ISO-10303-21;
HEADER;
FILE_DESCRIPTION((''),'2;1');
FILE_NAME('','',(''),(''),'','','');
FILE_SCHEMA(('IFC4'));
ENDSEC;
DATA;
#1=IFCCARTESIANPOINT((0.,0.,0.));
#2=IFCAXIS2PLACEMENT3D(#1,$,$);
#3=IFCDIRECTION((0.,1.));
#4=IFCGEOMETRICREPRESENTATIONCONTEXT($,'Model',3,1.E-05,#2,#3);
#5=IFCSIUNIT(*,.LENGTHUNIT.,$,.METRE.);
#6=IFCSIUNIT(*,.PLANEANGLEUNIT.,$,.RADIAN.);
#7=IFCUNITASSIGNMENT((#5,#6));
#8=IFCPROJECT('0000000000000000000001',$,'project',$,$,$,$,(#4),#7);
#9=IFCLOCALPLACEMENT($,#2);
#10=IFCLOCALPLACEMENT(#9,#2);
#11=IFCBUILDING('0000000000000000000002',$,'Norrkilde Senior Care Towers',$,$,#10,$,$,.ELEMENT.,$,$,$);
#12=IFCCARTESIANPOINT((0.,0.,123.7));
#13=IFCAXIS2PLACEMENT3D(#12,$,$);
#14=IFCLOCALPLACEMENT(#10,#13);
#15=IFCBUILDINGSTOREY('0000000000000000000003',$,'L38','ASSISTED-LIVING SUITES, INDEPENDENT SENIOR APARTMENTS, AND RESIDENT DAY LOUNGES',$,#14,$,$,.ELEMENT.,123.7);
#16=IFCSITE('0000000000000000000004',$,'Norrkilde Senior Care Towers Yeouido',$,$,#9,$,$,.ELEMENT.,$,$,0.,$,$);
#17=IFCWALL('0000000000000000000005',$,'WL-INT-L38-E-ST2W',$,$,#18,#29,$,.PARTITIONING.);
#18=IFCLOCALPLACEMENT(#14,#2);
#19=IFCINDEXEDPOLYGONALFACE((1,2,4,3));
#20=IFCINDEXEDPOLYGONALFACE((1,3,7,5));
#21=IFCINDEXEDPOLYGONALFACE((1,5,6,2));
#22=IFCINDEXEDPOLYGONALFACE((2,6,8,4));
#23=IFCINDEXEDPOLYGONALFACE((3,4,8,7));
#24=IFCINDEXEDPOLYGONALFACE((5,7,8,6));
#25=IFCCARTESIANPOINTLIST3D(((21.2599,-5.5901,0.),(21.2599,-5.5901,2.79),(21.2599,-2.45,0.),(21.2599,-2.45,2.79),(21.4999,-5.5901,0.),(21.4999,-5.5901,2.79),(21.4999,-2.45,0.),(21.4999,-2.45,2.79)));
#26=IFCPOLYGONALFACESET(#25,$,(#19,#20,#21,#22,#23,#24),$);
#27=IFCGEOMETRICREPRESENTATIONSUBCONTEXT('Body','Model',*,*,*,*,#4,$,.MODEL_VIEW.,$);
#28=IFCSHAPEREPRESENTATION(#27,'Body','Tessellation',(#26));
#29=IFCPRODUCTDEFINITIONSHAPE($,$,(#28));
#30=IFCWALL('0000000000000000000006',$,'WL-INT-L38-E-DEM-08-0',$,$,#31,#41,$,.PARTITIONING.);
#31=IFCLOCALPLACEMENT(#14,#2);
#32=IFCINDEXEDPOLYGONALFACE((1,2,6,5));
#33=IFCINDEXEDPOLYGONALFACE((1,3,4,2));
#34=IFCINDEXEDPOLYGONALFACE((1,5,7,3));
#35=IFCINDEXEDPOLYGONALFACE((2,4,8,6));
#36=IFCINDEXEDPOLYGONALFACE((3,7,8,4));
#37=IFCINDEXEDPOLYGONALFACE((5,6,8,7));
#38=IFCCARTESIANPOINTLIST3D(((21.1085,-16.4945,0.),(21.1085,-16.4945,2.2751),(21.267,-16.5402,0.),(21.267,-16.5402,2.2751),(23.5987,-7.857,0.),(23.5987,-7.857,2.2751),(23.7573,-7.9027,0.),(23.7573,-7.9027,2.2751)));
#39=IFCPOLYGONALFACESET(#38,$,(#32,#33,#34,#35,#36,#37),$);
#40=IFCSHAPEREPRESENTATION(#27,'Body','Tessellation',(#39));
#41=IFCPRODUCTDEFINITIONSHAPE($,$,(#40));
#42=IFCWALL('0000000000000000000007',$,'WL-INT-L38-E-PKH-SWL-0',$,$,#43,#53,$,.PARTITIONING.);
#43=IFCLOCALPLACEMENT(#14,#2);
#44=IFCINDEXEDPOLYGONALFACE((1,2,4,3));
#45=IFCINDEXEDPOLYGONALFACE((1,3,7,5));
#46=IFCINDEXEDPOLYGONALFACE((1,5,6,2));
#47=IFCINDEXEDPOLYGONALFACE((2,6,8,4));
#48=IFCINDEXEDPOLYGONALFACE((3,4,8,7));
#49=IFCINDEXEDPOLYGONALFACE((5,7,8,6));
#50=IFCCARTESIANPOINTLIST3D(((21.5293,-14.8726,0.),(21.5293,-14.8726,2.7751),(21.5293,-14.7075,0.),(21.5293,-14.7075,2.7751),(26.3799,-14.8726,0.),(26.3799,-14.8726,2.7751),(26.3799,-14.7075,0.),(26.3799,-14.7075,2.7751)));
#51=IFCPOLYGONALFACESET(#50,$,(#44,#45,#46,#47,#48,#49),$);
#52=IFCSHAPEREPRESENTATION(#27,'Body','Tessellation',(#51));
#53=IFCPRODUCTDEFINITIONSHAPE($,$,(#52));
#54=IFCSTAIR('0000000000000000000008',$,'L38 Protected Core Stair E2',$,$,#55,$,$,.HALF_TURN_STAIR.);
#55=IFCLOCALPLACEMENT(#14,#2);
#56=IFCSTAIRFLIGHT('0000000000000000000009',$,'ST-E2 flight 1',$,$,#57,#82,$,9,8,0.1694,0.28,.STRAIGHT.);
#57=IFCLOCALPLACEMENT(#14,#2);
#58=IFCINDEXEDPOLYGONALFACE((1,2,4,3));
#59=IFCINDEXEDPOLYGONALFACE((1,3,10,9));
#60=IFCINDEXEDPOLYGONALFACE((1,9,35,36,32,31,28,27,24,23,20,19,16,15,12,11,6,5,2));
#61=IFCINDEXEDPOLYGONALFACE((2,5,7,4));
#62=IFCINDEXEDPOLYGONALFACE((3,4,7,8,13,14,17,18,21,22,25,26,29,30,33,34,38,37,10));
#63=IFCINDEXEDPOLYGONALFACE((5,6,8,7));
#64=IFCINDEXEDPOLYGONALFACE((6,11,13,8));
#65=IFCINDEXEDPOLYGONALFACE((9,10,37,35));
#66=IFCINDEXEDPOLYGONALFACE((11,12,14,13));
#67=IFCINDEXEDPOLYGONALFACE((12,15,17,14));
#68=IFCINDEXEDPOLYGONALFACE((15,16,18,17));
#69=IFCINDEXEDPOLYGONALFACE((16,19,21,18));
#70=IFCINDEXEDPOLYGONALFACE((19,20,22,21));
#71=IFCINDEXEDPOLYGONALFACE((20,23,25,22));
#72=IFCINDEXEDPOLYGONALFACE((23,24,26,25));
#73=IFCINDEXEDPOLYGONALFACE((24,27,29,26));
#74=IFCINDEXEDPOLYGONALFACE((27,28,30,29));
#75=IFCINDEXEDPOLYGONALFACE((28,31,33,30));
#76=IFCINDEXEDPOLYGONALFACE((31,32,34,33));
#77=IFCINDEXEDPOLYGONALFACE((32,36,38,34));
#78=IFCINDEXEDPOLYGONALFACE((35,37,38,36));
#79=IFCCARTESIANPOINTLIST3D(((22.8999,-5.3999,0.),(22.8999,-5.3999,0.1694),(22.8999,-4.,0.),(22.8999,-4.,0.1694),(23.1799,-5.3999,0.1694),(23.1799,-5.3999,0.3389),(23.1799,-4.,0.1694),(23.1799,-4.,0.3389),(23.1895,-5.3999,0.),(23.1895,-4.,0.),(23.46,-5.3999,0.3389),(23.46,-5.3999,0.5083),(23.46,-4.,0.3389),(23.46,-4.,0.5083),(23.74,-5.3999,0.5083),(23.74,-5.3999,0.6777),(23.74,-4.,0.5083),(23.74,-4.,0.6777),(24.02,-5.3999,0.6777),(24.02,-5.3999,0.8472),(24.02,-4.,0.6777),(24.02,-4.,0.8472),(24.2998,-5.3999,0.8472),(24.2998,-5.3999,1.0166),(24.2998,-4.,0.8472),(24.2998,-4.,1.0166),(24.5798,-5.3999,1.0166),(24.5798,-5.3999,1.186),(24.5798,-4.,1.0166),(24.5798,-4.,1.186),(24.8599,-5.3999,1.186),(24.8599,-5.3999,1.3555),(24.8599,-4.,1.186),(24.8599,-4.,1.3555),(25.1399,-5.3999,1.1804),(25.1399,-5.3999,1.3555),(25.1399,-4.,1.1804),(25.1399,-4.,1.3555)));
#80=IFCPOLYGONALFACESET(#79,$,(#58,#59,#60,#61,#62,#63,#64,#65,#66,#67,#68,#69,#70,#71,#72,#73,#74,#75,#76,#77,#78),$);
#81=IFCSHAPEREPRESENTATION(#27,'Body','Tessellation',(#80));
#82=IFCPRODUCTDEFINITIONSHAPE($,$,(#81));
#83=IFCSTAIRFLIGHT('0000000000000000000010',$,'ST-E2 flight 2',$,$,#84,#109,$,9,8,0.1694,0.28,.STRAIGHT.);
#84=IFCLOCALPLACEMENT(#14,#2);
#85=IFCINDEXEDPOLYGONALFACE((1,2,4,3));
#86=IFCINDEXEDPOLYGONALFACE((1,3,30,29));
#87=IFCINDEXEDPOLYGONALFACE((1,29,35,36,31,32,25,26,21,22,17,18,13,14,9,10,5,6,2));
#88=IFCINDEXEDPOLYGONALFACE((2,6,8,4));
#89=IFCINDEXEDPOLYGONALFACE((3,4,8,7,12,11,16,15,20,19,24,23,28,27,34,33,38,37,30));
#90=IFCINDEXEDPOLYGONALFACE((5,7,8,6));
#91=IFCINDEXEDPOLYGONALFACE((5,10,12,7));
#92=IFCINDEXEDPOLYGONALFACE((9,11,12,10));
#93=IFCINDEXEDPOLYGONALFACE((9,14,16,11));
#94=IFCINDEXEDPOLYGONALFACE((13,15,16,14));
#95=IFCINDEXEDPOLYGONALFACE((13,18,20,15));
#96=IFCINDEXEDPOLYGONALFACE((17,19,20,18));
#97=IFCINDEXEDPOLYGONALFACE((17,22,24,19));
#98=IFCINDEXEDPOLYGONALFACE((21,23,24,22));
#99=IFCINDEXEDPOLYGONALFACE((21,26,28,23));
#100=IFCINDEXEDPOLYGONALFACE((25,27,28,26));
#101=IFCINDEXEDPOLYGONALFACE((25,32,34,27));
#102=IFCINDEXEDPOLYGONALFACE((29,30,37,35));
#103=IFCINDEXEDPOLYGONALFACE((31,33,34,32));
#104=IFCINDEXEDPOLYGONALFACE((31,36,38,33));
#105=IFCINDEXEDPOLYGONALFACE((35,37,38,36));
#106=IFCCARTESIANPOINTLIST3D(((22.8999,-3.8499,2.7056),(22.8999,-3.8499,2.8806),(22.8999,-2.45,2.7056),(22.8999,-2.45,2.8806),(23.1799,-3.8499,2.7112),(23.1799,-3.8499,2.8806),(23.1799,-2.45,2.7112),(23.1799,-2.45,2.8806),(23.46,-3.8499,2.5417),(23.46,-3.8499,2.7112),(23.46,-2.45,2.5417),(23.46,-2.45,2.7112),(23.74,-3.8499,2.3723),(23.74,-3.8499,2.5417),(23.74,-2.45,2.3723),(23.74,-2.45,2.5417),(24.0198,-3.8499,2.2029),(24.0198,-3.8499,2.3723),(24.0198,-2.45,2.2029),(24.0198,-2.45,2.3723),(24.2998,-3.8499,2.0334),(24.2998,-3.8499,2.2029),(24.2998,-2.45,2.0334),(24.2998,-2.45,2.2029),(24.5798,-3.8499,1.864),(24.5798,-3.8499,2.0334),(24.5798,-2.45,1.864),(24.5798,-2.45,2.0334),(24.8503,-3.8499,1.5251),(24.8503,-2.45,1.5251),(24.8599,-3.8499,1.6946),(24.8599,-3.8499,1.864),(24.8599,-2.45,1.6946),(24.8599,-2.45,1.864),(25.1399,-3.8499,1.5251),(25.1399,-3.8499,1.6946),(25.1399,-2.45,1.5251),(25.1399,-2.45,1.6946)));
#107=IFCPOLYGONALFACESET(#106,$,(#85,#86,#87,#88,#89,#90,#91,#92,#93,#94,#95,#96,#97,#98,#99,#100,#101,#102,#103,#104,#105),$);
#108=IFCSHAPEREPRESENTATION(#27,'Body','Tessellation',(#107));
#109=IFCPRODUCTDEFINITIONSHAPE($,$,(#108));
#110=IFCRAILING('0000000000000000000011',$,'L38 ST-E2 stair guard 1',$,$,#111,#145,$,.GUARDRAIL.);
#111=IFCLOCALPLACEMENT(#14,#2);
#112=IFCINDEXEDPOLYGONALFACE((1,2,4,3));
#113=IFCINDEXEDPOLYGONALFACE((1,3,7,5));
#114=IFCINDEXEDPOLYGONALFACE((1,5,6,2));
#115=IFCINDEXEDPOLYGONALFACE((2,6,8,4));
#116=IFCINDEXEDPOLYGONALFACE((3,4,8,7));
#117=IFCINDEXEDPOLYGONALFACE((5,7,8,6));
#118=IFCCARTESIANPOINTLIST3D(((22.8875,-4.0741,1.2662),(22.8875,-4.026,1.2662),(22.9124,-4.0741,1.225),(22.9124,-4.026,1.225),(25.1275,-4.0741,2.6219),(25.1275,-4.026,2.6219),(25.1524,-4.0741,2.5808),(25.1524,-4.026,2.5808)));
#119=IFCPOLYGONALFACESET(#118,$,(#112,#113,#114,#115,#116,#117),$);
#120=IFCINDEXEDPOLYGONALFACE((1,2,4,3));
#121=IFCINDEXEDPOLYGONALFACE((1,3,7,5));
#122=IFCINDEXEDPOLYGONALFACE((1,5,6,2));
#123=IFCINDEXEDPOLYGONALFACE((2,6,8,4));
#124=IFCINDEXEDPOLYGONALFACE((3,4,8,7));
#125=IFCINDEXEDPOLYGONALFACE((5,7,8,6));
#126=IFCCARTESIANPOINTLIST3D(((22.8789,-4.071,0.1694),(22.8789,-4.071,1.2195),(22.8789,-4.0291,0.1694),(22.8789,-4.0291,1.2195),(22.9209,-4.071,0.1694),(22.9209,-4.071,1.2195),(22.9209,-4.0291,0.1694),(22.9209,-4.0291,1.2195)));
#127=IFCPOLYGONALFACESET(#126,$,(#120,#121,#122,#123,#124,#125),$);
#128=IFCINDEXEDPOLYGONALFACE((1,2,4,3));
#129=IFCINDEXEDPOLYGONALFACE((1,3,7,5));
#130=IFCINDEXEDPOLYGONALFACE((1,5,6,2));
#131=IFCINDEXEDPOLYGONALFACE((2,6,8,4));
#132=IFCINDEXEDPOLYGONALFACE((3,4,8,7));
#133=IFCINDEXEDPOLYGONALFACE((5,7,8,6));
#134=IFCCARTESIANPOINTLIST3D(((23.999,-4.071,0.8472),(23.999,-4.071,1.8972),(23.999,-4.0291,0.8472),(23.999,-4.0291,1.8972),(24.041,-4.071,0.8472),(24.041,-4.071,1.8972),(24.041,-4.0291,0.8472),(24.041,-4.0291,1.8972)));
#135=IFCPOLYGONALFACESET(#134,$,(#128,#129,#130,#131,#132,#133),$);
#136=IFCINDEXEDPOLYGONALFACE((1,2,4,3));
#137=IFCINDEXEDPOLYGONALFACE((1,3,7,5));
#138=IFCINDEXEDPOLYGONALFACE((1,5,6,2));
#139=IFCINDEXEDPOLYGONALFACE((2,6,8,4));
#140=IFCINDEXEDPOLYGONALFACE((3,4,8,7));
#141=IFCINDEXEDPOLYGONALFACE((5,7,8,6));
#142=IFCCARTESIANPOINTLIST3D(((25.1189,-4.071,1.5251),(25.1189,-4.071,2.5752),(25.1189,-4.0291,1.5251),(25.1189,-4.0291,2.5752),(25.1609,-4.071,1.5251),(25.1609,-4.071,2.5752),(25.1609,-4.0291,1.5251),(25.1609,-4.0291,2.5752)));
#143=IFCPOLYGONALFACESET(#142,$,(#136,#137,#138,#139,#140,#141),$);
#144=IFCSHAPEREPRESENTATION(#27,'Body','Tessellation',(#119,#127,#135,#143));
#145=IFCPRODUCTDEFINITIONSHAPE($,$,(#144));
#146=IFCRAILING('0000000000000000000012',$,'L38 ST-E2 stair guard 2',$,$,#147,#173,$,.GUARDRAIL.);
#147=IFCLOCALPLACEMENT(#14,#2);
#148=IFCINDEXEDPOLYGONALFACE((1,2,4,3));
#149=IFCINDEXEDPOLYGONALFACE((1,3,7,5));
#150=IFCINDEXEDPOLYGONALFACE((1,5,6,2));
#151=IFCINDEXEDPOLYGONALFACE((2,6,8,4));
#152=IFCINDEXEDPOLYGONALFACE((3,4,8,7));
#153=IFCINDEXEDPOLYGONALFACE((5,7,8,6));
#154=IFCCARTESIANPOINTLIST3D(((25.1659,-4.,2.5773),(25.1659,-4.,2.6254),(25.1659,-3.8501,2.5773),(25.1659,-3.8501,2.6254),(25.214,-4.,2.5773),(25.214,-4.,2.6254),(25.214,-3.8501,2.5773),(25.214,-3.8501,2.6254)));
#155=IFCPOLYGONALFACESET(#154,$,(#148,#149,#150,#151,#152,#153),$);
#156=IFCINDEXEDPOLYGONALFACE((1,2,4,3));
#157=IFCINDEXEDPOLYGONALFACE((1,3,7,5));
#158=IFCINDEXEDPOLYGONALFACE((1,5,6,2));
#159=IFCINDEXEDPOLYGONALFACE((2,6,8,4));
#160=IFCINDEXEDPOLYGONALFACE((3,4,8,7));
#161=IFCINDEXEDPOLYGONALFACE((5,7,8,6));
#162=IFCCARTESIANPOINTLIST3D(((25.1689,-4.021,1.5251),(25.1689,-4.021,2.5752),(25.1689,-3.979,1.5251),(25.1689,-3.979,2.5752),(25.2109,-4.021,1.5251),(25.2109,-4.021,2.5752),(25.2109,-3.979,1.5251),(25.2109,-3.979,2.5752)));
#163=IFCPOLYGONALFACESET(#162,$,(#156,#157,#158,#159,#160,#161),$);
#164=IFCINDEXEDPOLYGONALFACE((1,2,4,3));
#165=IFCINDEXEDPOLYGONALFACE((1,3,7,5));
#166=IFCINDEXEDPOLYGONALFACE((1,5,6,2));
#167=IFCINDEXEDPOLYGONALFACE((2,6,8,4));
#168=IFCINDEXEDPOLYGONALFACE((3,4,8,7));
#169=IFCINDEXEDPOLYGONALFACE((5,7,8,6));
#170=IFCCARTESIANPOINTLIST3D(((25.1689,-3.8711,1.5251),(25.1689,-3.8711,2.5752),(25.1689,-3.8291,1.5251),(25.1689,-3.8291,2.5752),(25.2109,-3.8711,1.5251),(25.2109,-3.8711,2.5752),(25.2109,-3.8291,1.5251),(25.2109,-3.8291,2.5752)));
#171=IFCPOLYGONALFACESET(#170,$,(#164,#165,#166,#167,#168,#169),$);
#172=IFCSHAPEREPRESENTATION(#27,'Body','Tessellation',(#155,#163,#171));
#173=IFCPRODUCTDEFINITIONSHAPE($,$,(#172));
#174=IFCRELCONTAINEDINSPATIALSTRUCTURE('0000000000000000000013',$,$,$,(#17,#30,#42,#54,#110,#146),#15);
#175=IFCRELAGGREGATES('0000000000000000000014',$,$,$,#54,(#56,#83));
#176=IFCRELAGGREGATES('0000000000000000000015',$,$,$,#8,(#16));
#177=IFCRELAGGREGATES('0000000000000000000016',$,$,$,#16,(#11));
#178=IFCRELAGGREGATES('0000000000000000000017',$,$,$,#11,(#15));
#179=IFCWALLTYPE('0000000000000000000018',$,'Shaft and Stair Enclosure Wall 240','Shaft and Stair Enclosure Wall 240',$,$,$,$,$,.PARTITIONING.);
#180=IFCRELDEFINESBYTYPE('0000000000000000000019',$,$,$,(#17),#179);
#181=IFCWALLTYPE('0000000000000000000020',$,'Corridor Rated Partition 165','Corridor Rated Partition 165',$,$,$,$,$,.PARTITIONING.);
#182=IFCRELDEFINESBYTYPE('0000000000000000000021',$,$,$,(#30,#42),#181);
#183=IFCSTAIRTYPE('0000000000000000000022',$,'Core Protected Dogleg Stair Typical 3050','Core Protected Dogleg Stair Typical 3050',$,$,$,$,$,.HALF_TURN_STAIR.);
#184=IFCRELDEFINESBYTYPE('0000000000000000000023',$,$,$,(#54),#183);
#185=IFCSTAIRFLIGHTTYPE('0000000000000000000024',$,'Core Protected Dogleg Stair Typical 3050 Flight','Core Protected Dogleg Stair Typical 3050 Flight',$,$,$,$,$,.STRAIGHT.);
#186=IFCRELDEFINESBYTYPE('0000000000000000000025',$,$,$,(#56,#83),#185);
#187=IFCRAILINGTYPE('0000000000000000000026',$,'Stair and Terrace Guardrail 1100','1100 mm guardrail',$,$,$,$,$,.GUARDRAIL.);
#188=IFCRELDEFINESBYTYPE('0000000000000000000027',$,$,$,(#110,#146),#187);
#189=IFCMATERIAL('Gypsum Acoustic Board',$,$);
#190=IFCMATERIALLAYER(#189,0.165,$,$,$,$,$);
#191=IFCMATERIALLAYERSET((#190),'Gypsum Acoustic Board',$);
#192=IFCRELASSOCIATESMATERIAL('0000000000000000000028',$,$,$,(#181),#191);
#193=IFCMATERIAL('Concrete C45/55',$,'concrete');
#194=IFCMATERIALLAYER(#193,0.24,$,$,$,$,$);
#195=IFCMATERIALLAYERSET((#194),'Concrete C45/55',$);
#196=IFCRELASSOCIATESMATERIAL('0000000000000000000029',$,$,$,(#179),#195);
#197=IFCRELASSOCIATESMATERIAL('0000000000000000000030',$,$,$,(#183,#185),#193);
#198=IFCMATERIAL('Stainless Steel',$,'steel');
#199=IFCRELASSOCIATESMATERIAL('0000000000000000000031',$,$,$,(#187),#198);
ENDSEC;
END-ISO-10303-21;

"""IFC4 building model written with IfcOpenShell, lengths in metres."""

from ifc_helpers import new_model, si_unit, direction, frame, frame_2d, origin, origin_2d, place, context, subcontext, project, spatial, polyline, rectangle, outline, extrude, source, transform, mapped, material, layer, layer_set, type_object, element, aggregate, save


model = new_model("IFC4")

# Units and contexts
model_context = context("Model", 3, precision=1e-05, world=origin(), true_north=direction((0.0, 1.0)))
body_context = subcontext(model_context, "Body", "Model", "MODEL_VIEW")
ifc_project = project(units=[si_unit("LENGTHUNIT", "METRE"), si_unit("PLANEANGLEUNIT", "RADIAN")], contexts=[model_context])

# Site, building, storey
site_placement = place(None, origin())
site = spatial("IfcSite", under=ifc_project, at=site_placement, Name="Norrkilde Senior Care Towers Yeouido", CompositionType="ELEMENT", RefElevation=0.0)
building_placement = place(site_placement, origin())
building = spatial("IfcBuilding", under=site, at=building_placement, Name="Norrkilde Senior Care Towers", CompositionType="ELEMENT")
storey_placement = place(building_placement, frame((0.0, 0.0, 123.7)))
storey = spatial("IfcBuildingStorey", under=building, at=storey_placement, Name="L38", Description="ASSISTED-LIVING SUITES, INDEPENDENT SENIOR APARTMENTS, AND RESIDENT DAY LOUNGES", CompositionType="ELEMENT", Elevation=123.7)

# Shared definitions
ifc_material_1 = material(Name="Gypsum Acoustic Board")
ifc_layer_1 = layer(ifc_material_1, 0.165)
ifc_layer_set_1 = layer_set([ifc_layer_1], Name="Gypsum Acoustic Board")
wall_type_1 = type_object("IfcWallType", Name="Corridor Rated Partition 165", Description="Corridor Rated Partition 165", PredefinedType="PARTITIONING", material=ifc_layer_set_1)

# Shared definitions
ifc_material_2 = material(Name="Concrete C45/55", Category="concrete")
ifc_layer_2 = layer(ifc_material_2, 0.24)
ifc_layer_set_2 = layer_set([ifc_layer_2], Name="Concrete C45/55")
wall_type_2 = type_object("IfcWallType", Name="Shaft and Stair Enclosure Wall 240", Description="Shaft and Stair Enclosure Wall 240", PredefinedType="PARTITIONING", material=ifc_layer_set_2)

# Walls
shared_shape_1 = source(origin(), body_context, "Body", "SweptSolid", [
    extrude(rectangle(XDim=3.1401, YDim=0.24, at=frame_2d((1.5701, 0.0))), origin(), (0.0, 0.0, 1.0), 2.79),
])
wall_1_placement = place(storey_placement, frame((21.3799, -5.5901, 0.0), z_axis=(0.0, 0.0, 1.0), x_axis=(0.0, 1.0, 0.0)))
element("IfcWall", 1, at=wall_1_placement, inside=storey, type_object=wall_type_2, Name="WL-INT-L38-E-ST2W", PredefinedType="PARTITIONING", context=body_context, shape_type="MappedRepresentation", body=[
    mapped(shared_shape_1, transform((0.0, 0.0, 0.0), x_axis=(1.0, 0.0, 0.0), y_axis=(0.0, 1.0, 0.0), z_axis=(0.0, 0.0, 1.0), scale=1.0)),
])
shared_shape_2 = source(origin(), body_context, "Body", "SweptSolid", [
    extrude(rectangle(XDim=8.9893, YDim=0.165, at=frame_2d((4.4946, 0.0))), origin(), (0.0, 0.0, 1.0), 2.2751),
])
wall_2_placement = place(storey_placement, frame((23.678, -7.8799, 0.0), z_axis=(0.0, 0.0, 1.0), x_axis=(-0.277023, -0.960863, 0.0)))
element("IfcWall", 2, at=wall_2_placement, inside=storey, type_object=wall_type_1, Name="WL-INT-L38-E-DEM-08-0", PredefinedType="PARTITIONING", context=body_context, shape_type="MappedRepresentation", body=[
    mapped(shared_shape_2, transform((0.0, 0.0, 0.0), x_axis=(1.0, 0.0, 0.0), y_axis=(0.0, 1.0, 0.0), z_axis=(0.0, 0.0, 1.0), scale=1.0)),
])
shared_shape_3 = source(origin(), body_context, "Body", "SweptSolid", [
    extrude(rectangle(XDim=4.8506, YDim=0.165, at=frame_2d((2.4253, 0.0))), origin(), (0.0, 0.0, 1.0), 2.7751),
])
wall_3_placement = place(storey_placement, frame((21.5293, -14.79, 0.0), z_axis=(0.0, 0.0, 1.0), x_axis=(1.0, 0.0, 0.0)))
element("IfcWall", 3, at=wall_3_placement, inside=storey, type_object=wall_type_1, Name="WL-INT-L38-E-PKH-SWL-0", PredefinedType="PARTITIONING", context=body_context, shape_type="MappedRepresentation", body=[
    mapped(shared_shape_3, transform((0.0, 0.0, 0.0), x_axis=(1.0, 0.0, 0.0), y_axis=(0.0, 1.0, 0.0), z_axis=(0.0, 0.0, 1.0), scale=1.0)),
])

# Stair, stair flights
stair_type = type_object("IfcStairType", Name="Core Protected Dogleg Stair Typical 3050", Description="Core Protected Dogleg Stair Typical 3050", PredefinedType="HALF_TURN_STAIR", material=ifc_material_2)
stair_placement = place(storey_placement, origin())
stair = element("IfcStair", 4, at=stair_placement, inside=storey, type_object=stair_type, Name="L38 Protected Core Stair E2", PredefinedType="HALF_TURN_STAIR")
stair_flight_type = type_object("IfcStairFlightType", Name="Core Protected Dogleg Stair Typical 3050 Flight", Description="Core Protected Dogleg Stair Typical 3050 Flight", PredefinedType="STRAIGHT", material=ifc_material_2)
stair_flight_1_placement = place(storey_placement, frame((22.8999, -4.7, 0.0), z_axis=(0.0, 0.0, 1.0), x_axis=(1.0, 0.0, 0.0)))
stair_flight_1 = element("IfcStairFlight", 5, at=stair_flight_1_placement, type_object=stair_flight_type, Name="ST-E2 flight 1", NumberOfRisers=9, NumberOfTreads=8, PredefinedType="STRAIGHT", RiserHeight=0.1694, TreadLength=0.28, context=body_context, shape_type="SweptSolid", body=[
    extrude(outline(polyline([(0.0, 0.0), (0.0, 0.1694), (0.28, 0.1694), (0.28, 0.3389), (0.5601, 0.3389), (0.5601, 0.5083), (0.8401, 0.5083), (0.8401, 0.6777), (1.1201, 0.6777), (1.1201, 0.8472), (1.3999, 0.8472), (1.3999, 1.0166), (1.6799, 1.0166), (1.6799, 1.186), (1.96, 1.186), (1.96, 1.3555), (2.24, 1.3555), (2.24, 1.5249), (2.24, 1.1804), (0.2896, 0.0), (0.0, 0.0)])), frame((0.0, 0.7, 0.0), z_axis=(0.0, -1.0, 0.0), x_axis=(1.0, 0.0, 0.0)), (0.0, 0.0, 1.0), 1.3999),
])
stair_flight_2_placement = place(storey_placement, frame((25.1399, -3.1499, 1.5251), z_axis=(0.0, 0.0, 1.0), x_axis=(-1.0, 0.0, 0.0)))
stair_flight_2 = element("IfcStairFlight", 6, at=stair_flight_2_placement, type_object=stair_flight_type, Name="ST-E2 flight 2", NumberOfRisers=9, NumberOfTreads=8, PredefinedType="STRAIGHT", RiserHeight=0.1694, TreadLength=0.28, context=body_context, shape_type="SweptSolid", body=[
    extrude(outline(polyline([(0.0, 0.0), (0.0, 0.1694), (0.28, 0.1694), (0.28, 0.3389), (0.5601, 0.3389), (0.5601, 0.5083), (0.8401, 0.5083), (0.8401, 0.6777), (1.1201, 0.6777), (1.1201, 0.8472), (1.3999, 0.8472), (1.3999, 1.0166), (1.6799, 1.0166), (1.6799, 1.186), (1.96, 1.186), (1.96, 1.3555), (2.24, 1.3555), (2.24, 1.5249), (2.24, 1.1804), (0.2896, 0.0), (0.0, 0.0)])), frame((0.0, 0.7, 0.0), z_axis=(0.0, -1.0, 0.0), x_axis=(1.0, 0.0, 0.0)), (0.0, 0.0, 1.0), 1.3999),
])
aggregate(stair, [stair_flight_1, stair_flight_2])

# Railings
ifc_material_3 = material(Name="Stainless Steel", Category="steel")
railing_type_1 = type_object("IfcRailingType", Name="Stair and Terrace Guardrail 1100", Description="1100 mm guardrail", PredefinedType="GUARDRAIL", material=ifc_material_3)
railing_1_placement = place(storey_placement, frame((22.8999, -4.05, 0.1694)))
element("IfcRailing", 7, at=railing_1_placement, inside=storey, type_object=railing_type_1, Name="L38 ST-E2 stair guard 1", PredefinedType="GUARDRAIL", context=body_context, shape_type="SweptSolid", body=[
    extrude(rectangle(XDim=0.0481, YDim=0.0481, at=origin_2d()), frame((0.0, 0.0, 1.0762), z_axis=(0.855512, 0.0, 0.517783), x_axis=(0.0, 1.0, 0.0)), (0.0, 0.0, 1.0), 2.6184),
    extrude(rectangle(XDim=0.042, YDim=0.042, at=origin_2d()), origin(), (0.0, 0.0, 1.0), 1.05),
    extrude(rectangle(XDim=0.042, YDim=0.042, at=origin_2d()), frame((1.1201, 0.0, 0.6777)), (0.0, 0.0, 1.0), 1.05),
    extrude(rectangle(XDim=0.042, YDim=0.042, at=origin_2d()), frame((2.24, 0.0, 1.3557)), (0.0, 0.0, 1.0), 1.05),
])
railing_2_placement = place(storey_placement, frame((25.1899, -4.0, 1.5251)))
element("IfcRailing", 8, at=railing_2_placement, inside=storey, type_object=railing_type_1, Name="L38 ST-E2 stair guard 2", PredefinedType="GUARDRAIL", context=body_context, shape_type="SweptSolid", body=[
    extrude(rectangle(XDim=0.0481, YDim=0.0481, at=origin_2d()), frame((0.0, 0.0, 1.0762), z_axis=(0.0, 1.0, 0.0), x_axis=(-1.0, 0.0, 0.0)), (0.0, 0.0, 1.0), 0.1499),
    extrude(rectangle(XDim=0.042, YDim=0.042, at=origin_2d()), origin(), (0.0, 0.0, 1.0), 1.05),
    extrude(rectangle(XDim=0.042, YDim=0.042, at=origin_2d()), frame((0.0, 0.1499, 0.0)), (0.0, 0.0, 1.0), 1.05),
])

save(model, "model.ifc")
